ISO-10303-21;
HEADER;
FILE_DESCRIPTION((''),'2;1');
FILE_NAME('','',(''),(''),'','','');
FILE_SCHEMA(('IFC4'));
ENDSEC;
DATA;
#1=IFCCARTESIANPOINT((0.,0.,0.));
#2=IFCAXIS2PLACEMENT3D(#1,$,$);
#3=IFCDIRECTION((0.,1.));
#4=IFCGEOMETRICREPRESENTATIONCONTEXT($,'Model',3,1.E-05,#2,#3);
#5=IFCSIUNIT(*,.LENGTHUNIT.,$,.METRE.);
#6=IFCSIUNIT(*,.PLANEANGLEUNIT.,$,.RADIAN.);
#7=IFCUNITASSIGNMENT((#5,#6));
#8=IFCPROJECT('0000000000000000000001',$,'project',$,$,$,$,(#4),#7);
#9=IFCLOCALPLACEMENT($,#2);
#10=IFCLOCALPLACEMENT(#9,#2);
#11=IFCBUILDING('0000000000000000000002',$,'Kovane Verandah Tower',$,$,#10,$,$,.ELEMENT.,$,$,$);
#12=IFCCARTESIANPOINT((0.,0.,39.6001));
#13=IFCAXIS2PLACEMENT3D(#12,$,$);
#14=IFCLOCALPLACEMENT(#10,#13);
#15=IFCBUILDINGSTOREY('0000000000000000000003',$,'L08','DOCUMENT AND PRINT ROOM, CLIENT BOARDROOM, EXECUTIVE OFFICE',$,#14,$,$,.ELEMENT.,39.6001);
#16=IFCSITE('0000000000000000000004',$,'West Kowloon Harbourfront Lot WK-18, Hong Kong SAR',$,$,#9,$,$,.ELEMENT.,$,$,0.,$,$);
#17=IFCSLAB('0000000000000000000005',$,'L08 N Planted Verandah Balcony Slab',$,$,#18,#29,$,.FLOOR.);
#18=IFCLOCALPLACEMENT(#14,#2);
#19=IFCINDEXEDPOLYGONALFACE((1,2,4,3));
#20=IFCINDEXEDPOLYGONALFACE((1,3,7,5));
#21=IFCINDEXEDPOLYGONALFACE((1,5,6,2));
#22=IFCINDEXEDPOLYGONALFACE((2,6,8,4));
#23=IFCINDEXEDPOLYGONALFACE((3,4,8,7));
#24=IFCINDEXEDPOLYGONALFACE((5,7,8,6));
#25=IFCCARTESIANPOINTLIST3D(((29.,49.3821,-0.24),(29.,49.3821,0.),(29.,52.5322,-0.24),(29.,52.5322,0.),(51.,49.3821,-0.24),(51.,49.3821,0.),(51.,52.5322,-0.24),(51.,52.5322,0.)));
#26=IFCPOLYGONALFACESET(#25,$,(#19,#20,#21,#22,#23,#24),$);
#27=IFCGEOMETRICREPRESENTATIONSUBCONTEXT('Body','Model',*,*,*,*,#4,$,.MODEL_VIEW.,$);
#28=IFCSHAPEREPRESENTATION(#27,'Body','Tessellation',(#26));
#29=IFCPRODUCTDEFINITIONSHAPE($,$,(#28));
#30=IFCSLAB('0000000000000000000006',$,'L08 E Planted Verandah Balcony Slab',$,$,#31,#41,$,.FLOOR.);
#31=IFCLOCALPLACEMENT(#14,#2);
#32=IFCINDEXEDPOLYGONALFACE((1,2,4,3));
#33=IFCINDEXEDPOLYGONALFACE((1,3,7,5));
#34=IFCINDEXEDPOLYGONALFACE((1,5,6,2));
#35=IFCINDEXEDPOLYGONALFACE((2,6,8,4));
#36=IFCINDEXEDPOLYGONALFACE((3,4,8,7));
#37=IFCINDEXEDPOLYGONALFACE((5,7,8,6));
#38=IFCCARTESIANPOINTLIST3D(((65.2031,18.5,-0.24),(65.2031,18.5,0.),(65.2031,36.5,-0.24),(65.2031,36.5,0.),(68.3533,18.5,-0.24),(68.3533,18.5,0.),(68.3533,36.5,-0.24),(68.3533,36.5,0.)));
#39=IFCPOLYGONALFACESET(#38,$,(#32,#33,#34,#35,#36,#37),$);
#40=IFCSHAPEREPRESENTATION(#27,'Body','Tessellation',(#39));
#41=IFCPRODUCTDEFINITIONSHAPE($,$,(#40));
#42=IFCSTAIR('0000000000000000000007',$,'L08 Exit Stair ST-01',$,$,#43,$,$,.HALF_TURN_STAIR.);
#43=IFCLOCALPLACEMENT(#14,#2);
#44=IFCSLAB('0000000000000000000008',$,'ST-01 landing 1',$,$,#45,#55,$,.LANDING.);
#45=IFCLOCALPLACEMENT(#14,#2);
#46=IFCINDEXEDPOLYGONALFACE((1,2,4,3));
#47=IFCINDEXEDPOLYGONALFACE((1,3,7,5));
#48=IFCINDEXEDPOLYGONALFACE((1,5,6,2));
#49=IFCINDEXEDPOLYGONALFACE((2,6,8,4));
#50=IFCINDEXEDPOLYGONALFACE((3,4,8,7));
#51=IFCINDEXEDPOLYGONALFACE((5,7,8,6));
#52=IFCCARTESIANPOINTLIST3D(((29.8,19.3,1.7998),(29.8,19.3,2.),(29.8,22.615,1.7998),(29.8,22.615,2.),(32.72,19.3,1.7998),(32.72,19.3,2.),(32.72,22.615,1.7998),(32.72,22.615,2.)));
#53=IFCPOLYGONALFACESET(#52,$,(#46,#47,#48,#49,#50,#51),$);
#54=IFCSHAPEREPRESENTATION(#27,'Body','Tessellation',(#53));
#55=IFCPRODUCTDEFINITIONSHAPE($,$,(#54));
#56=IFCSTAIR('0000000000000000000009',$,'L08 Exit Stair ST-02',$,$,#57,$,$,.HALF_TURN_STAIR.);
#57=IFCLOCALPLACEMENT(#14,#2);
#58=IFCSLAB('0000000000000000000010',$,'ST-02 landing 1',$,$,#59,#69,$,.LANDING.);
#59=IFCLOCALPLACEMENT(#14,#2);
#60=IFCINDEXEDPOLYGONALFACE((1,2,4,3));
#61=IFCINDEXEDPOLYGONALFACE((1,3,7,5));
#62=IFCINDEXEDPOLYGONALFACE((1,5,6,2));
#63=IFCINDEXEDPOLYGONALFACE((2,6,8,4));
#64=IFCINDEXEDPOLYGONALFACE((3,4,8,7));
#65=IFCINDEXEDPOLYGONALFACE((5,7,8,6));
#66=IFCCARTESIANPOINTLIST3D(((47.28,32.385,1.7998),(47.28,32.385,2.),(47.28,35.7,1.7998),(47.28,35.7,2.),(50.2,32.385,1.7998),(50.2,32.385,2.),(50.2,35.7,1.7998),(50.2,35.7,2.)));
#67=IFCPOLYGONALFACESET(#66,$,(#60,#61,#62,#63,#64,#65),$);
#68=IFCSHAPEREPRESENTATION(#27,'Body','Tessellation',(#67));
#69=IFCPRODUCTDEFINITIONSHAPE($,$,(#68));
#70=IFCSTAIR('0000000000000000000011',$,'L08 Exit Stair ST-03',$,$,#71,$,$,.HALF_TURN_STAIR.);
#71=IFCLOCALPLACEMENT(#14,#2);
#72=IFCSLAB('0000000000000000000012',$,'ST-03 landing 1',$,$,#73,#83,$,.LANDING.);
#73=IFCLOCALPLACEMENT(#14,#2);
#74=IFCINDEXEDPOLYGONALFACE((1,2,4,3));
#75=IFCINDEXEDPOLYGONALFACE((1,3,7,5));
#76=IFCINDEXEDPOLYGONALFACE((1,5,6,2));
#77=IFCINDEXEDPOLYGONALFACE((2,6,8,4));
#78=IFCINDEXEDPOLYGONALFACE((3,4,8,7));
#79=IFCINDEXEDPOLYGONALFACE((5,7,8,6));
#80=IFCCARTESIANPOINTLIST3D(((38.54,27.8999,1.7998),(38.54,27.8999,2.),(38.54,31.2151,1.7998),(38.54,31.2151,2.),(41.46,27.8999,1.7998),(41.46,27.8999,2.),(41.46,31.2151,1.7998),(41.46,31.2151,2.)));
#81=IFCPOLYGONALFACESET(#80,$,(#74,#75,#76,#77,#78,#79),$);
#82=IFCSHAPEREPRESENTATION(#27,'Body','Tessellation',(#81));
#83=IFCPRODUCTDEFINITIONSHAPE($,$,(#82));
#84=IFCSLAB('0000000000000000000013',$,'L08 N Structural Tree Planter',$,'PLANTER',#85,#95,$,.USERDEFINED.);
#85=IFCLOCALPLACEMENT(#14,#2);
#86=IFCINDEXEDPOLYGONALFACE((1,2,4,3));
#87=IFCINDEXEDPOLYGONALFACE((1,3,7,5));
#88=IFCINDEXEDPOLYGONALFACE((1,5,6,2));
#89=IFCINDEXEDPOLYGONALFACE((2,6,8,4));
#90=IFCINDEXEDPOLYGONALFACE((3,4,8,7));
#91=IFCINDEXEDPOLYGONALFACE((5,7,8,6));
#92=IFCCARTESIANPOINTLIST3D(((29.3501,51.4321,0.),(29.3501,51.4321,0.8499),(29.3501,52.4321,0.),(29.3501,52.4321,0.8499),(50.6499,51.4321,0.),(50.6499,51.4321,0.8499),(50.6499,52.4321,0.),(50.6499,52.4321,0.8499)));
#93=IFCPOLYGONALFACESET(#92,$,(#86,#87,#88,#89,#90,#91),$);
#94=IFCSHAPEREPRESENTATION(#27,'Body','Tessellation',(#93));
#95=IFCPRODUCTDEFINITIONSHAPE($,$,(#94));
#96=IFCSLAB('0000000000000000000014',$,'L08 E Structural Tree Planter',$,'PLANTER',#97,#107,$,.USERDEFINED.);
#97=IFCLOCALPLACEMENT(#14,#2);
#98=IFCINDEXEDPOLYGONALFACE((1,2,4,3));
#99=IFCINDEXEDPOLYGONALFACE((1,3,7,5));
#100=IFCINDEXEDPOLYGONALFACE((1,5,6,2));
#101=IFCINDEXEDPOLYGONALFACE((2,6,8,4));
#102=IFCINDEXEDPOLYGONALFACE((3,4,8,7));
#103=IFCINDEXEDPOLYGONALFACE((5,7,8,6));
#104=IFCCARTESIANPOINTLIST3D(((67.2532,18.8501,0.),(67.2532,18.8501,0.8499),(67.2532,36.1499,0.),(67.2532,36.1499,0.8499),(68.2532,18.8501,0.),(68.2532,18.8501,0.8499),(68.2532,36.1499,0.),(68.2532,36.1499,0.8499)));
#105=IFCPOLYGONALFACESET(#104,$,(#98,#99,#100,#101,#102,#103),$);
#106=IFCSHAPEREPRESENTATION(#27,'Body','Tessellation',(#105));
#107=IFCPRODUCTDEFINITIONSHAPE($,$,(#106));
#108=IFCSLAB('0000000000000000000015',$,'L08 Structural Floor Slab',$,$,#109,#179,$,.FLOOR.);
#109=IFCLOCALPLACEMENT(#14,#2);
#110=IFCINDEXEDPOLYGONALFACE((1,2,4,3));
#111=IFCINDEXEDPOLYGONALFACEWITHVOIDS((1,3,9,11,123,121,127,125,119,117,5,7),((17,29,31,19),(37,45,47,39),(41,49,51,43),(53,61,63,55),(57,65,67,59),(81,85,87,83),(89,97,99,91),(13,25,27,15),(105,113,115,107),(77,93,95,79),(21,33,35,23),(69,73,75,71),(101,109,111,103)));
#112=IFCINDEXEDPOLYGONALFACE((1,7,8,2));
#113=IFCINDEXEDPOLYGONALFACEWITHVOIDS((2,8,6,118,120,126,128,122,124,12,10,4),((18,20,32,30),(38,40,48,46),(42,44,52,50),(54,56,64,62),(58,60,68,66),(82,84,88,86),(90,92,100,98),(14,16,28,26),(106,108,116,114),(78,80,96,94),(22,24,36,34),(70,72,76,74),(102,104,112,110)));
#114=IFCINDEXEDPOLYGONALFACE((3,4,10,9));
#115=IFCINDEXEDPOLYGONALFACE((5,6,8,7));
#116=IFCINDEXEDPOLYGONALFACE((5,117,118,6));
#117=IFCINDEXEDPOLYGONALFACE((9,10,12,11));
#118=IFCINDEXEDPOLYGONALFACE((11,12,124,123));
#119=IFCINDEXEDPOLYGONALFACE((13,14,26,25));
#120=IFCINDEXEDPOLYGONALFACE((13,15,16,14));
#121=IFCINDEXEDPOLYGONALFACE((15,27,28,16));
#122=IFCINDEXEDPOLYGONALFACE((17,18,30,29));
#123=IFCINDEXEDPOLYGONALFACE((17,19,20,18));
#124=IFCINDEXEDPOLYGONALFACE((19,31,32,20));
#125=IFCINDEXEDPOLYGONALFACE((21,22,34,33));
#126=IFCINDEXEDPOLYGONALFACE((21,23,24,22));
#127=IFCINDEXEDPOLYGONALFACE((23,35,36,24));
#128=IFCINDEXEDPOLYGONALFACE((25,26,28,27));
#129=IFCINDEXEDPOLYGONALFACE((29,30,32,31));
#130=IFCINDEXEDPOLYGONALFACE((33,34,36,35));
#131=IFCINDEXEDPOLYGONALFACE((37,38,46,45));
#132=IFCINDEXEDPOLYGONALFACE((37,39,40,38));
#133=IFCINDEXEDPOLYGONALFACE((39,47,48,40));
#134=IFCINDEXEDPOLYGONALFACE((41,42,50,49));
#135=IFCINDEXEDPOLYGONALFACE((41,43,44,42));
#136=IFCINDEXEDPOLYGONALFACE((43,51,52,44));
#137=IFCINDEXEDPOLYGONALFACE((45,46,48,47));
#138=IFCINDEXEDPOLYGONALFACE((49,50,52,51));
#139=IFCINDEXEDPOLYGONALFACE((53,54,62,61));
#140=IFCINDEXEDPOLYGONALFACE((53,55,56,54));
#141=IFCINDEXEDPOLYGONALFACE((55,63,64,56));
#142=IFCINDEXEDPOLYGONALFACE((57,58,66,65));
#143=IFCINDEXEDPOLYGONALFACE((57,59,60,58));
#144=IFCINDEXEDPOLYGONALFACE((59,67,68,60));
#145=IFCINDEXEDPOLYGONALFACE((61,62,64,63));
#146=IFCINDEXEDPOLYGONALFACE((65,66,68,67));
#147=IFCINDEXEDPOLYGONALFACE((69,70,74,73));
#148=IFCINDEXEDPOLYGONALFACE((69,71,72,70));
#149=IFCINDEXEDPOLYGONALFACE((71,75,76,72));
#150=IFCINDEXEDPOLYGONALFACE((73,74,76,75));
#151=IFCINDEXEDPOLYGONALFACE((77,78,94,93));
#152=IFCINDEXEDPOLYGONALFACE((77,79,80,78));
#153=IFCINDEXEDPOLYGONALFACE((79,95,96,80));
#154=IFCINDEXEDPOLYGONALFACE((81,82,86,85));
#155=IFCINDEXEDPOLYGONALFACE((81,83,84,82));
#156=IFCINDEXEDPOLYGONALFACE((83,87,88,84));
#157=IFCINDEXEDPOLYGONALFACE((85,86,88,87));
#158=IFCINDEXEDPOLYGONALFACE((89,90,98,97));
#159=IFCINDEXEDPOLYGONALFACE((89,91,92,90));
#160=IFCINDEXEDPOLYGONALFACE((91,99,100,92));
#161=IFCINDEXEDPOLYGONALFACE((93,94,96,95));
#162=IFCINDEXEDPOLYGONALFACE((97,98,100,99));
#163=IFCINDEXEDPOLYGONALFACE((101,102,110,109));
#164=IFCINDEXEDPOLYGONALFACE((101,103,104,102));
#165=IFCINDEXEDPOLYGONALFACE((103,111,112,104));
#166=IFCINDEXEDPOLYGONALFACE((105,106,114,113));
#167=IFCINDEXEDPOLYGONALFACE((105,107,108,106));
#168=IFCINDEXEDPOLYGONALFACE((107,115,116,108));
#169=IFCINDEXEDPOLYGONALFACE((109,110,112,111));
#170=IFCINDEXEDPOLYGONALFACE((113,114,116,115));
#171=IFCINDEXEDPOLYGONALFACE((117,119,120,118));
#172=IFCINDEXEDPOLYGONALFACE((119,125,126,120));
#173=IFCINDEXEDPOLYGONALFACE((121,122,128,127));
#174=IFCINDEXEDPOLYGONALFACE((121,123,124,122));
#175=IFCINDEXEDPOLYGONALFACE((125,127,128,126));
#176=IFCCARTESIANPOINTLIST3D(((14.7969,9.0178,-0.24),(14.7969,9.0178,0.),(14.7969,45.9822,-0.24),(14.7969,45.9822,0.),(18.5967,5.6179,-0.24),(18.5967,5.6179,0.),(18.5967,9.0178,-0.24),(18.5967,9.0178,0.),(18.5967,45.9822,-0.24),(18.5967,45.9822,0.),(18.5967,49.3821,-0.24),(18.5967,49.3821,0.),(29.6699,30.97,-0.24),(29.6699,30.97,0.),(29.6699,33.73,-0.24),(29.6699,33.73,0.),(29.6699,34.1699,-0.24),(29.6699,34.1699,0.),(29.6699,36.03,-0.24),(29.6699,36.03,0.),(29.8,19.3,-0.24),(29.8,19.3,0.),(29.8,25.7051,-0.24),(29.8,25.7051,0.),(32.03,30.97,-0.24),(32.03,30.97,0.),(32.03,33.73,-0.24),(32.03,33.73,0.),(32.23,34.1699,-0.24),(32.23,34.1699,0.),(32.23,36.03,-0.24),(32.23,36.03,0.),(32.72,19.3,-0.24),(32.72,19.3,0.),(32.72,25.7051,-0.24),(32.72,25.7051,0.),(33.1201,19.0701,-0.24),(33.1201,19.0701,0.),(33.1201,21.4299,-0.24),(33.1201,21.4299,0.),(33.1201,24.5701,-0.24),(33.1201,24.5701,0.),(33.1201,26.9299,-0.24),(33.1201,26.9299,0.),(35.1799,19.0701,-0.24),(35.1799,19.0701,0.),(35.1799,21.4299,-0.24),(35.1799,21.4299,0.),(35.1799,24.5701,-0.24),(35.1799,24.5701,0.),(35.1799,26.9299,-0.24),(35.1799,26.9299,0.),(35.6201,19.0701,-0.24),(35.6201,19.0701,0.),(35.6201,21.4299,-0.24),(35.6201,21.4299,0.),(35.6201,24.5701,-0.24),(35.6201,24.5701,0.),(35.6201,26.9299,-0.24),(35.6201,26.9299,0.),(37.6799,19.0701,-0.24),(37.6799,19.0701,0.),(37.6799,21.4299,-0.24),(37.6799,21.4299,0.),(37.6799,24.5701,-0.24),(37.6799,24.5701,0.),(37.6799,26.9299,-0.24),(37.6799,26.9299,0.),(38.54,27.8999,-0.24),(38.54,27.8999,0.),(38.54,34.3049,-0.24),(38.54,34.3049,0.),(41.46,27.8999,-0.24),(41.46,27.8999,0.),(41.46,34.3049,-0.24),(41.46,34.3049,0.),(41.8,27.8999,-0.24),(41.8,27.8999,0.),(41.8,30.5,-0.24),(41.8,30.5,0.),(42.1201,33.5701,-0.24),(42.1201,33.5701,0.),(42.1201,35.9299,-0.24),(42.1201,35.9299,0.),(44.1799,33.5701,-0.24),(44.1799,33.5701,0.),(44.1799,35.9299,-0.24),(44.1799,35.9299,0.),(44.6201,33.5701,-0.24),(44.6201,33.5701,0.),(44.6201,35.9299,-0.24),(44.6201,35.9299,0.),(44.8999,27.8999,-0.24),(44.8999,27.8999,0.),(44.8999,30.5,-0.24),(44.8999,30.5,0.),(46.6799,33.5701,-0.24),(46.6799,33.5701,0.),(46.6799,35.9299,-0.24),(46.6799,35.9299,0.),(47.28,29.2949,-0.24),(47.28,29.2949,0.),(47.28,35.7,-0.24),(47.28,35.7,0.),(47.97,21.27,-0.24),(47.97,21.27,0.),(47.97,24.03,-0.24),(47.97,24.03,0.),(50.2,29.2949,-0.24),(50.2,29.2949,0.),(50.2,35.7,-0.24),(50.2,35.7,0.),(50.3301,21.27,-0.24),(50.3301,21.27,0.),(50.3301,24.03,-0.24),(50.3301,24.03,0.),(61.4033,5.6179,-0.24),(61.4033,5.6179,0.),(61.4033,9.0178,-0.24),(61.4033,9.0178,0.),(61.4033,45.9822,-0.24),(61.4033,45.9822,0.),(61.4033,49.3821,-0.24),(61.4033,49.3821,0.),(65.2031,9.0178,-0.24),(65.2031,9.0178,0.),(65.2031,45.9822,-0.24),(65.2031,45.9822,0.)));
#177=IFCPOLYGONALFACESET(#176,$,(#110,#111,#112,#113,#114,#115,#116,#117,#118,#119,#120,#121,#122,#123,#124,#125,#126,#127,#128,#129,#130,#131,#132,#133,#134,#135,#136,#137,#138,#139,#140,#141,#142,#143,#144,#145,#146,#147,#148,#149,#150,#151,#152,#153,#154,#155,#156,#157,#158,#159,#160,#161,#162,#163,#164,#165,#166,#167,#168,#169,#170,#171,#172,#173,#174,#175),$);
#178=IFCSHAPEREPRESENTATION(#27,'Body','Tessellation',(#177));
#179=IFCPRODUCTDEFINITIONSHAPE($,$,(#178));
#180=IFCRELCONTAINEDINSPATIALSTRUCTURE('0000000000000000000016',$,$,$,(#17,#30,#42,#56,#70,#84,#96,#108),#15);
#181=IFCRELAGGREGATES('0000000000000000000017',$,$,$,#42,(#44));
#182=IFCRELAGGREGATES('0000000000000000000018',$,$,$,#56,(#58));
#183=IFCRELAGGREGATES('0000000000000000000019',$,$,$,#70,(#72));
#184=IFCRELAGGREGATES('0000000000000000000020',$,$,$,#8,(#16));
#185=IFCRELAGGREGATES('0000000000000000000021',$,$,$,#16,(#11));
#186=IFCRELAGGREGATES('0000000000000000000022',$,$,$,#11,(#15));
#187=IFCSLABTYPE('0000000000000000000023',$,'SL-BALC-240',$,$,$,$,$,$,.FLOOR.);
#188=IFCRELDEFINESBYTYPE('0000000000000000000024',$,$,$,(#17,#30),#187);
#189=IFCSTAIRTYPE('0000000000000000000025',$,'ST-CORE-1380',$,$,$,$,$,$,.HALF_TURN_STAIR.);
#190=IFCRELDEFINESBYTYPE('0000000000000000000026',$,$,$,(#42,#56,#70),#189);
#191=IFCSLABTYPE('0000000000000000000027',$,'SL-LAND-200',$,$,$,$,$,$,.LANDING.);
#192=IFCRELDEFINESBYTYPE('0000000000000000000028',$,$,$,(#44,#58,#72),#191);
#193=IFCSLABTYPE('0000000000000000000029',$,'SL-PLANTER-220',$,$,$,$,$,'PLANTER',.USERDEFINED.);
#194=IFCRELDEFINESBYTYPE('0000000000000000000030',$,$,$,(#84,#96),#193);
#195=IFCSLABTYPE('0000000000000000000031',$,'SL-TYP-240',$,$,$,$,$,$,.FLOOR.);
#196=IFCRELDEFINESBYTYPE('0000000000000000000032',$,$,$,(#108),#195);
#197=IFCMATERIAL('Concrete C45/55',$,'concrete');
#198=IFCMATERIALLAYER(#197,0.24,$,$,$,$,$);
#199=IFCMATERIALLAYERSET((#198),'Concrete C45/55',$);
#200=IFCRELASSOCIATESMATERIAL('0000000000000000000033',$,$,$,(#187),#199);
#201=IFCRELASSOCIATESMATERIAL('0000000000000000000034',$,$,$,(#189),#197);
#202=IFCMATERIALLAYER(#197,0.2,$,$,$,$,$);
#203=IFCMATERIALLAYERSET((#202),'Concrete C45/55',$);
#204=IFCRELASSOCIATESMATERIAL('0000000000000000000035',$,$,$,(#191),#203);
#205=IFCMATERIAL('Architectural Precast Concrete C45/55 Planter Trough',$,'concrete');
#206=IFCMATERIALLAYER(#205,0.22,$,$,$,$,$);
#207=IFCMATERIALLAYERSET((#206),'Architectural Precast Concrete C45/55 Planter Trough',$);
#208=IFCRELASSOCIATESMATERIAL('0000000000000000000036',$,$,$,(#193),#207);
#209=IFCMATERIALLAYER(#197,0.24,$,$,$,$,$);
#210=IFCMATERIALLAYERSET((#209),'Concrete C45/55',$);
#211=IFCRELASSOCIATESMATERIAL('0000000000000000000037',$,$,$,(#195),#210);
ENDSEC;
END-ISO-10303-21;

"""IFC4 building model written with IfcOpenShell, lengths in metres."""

from ifc_helpers import new_model, si_unit, direction, frame, origin, place, context, subcontext, project, spatial, polyline, outline, extrude, material, layer, layer_set, type_object, element, aggregate, save


model = new_model("IFC4")

# Units and contexts
model_context = context("Model", 3, precision=1e-05, world=origin(), true_north=direction((0.0, 1.0)))
body_context = subcontext(model_context, "Body", "Model", "MODEL_VIEW")
ifc_project = project(units=[si_unit("LENGTHUNIT", "METRE"), si_unit("PLANEANGLEUNIT", "RADIAN")], contexts=[model_context])

# Site, building, storey
site_placement = place(None, origin())
site = spatial("IfcSite", under=ifc_project, at=site_placement, Name="West Kowloon Harbourfront Lot WK-18, Hong Kong SAR", CompositionType="ELEMENT", RefElevation=0.0)
building_placement = place(site_placement, origin())
building = spatial("IfcBuilding", under=site, at=building_placement, Name="Kovane Verandah Tower", CompositionType="ELEMENT")
storey_placement = place(building_placement, frame((0.0, 0.0, 39.6001)))
storey = spatial("IfcBuildingStorey", under=building, at=storey_placement, Name="L08", Description="DOCUMENT AND PRINT ROOM, CLIENT BOARDROOM, EXECUTIVE OFFICE", CompositionType="ELEMENT", Elevation=39.6001)

# Slabs
ifc_material_1 = material(Name="Concrete C45/55", Category="concrete")
ifc_layer_1 = layer(ifc_material_1, 0.24)
ifc_layer_set_1 = layer_set([ifc_layer_1], Name="Concrete C45/55")
slab_type_1 = type_object("IfcSlabType", Name="SL-BALC-240", PredefinedType="FLOOR", material=ifc_layer_set_1)
slab_1_placement = place(storey_placement, frame((0.0, 0.0, -0.24)))
element("IfcSlab", 1, at=slab_1_placement, inside=storey, type_object=slab_type_1, Name="L08 N Planted Verandah Balcony Slab", PredefinedType="FLOOR", context=body_context, shape_type="SweptSolid", body=[
    extrude(outline(polyline([(29.0, 49.3821), (51.0, 49.3821), (51.0, 52.5322), (29.0, 52.5322), (29.0, 49.3821)])), origin(), (0.0, 0.0, 1.0), 0.24),
])
slab_2_placement = place(storey_placement, frame((0.0, 0.0, -0.24)))
element("IfcSlab", 2, at=slab_2_placement, inside=storey, type_object=slab_type_1, Name="L08 E Planted Verandah Balcony Slab", PredefinedType="FLOOR", context=body_context, shape_type="SweptSolid", body=[
    extrude(outline(polyline([(65.2031, 18.5), (68.3533, 18.5), (68.3533, 36.5), (65.2031, 36.5), (65.2031, 18.5)])), origin(), (0.0, 0.0, 1.0), 0.24),
])

# Stairs, slabs
stair_type = type_object("IfcStairType", Name="ST-CORE-1380", PredefinedType="HALF_TURN_STAIR", material=ifc_material_1)
stair_1_placement = place(storey_placement, origin())
stair_1 = element("IfcStair", 3, at=stair_1_placement, inside=storey, type_object=stair_type, Name="L08 Exit Stair ST-01", PredefinedType="HALF_TURN_STAIR")
ifc_layer_2 = layer(ifc_material_1, 0.2)
ifc_layer_set_2 = layer_set([ifc_layer_2], Name="Concrete C45/55")
slab_type_2 = type_object("IfcSlabType", Name="SL-LAND-200", PredefinedType="LANDING", material=ifc_layer_set_2)
slab_3_placement = place(storey_placement, frame((0.0, 0.0, 1.7998)))
slab_3 = element("IfcSlab", 4, at=slab_3_placement, type_object=slab_type_2, Name="ST-01 landing 1", PredefinedType="LANDING", context=body_context, shape_type="SweptSolid", body=[
    extrude(outline(polyline([(29.8, 22.615), (29.8, 19.3), (32.72, 19.3), (32.72, 22.615), (29.8, 22.615)])), origin(), (0.0, 0.0, 1.0), 0.2002),
])
aggregate(stair_1, [slab_3])
stair_2_placement = place(storey_placement, origin())
stair_2 = element("IfcStair", 5, at=stair_2_placement, inside=storey, type_object=stair_type, Name="L08 Exit Stair ST-02", PredefinedType="HALF_TURN_STAIR")
slab_4_placement = place(storey_placement, frame((0.0, 0.0, 1.7998)))
slab_4 = element("IfcSlab", 6, at=slab_4_placement, type_object=slab_type_2, Name="ST-02 landing 1", PredefinedType="LANDING", context=body_context, shape_type="SweptSolid", body=[
    extrude(outline(polyline([(50.2, 32.385), (50.2, 35.7), (47.28, 35.7), (47.28, 32.385), (50.2, 32.385)])), origin(), (0.0, 0.0, 1.0), 0.2002),
])
aggregate(stair_2, [slab_4])
stair_3_placement = place(storey_placement, origin())
stair_3 = element("IfcStair", 7, at=stair_3_placement, inside=storey, type_object=stair_type, Name="L08 Exit Stair ST-03", PredefinedType="HALF_TURN_STAIR")
slab_5_placement = place(storey_placement, frame((0.0, 0.0, 1.7998)))
slab_5 = element("IfcSlab", 8, at=slab_5_placement, type_object=slab_type_2, Name="ST-03 landing 1", PredefinedType="LANDING", context=body_context, shape_type="SweptSolid", body=[
    extrude(outline(polyline([(38.54, 31.2151), (38.54, 27.8999), (41.46, 27.8999), (41.46, 31.2151), (38.54, 31.2151)])), origin(), (0.0, 0.0, 1.0), 0.2002),
])
aggregate(stair_3, [slab_5])

# Slabs
ifc_material_2 = material(Name="Architectural Precast Concrete C45/55 Planter Trough", Category="concrete")
ifc_layer_3 = layer(ifc_material_2, 0.22)
ifc_layer_set_3 = layer_set([ifc_layer_3], Name="Architectural Precast Concrete C45/55 Planter Trough")
slab_type_3 = type_object("IfcSlabType", Name="SL-PLANTER-220", ElementType="PLANTER", PredefinedType="USERDEFINED", material=ifc_layer_set_3)
slab_6_placement = place(storey_placement, origin())
element("IfcSlab", 9, at=slab_6_placement, inside=storey, type_object=slab_type_3, Name="L08 N Structural Tree Planter", ObjectType="PLANTER", PredefinedType="USERDEFINED", context=body_context, shape_type="SweptSolid", body=[
    extrude(outline(polyline([(29.3501, 51.4321), (50.6499, 51.4321), (50.6499, 52.4321), (29.3501, 52.4321), (29.3501, 51.4321)])), origin(), (0.0, 0.0, 1.0), 0.8499),
])
slab_7_placement = place(storey_placement, origin())
element("IfcSlab", 10, at=slab_7_placement, inside=storey, type_object=slab_type_3, Name="L08 E Structural Tree Planter", ObjectType="PLANTER", PredefinedType="USERDEFINED", context=body_context, shape_type="SweptSolid", body=[
    extrude(outline(polyline([(67.2532, 18.8501), (68.2532, 18.8501), (68.2532, 36.1499), (67.2532, 36.1499), (67.2532, 18.8501)])), origin(), (0.0, 0.0, 1.0), 0.8499),
])
ifc_layer_4 = layer(ifc_material_1, 0.24)
ifc_layer_set_4 = layer_set([ifc_layer_4], Name="Concrete C45/55")
slab_type_4 = type_object("IfcSlabType", Name="SL-TYP-240", PredefinedType="FLOOR", material=ifc_layer_set_4)
slab_8_placement = place(storey_placement, frame((0.0, 0.0, -0.24)))
element("IfcSlab", 11, at=slab_8_placement, inside=storey, type_object=slab_type_4, Name="L08 Structural Floor Slab", PredefinedType="FLOOR", context=body_context, shape_type="SweptSolid", body=[
    extrude(outline(polyline([(18.5967, 5.6179), (61.4033, 5.6179), (61.4033, 9.0178), (65.2031, 9.0178), (65.2031, 45.9822), (61.4033, 45.9822), (61.4033, 49.3821), (18.5967, 49.3821), (18.5967, 45.9822), (14.7969, 45.9822), (14.7969, 9.0178), (18.5967, 9.0178), (18.5967, 5.6179)]), holes=[polyline([(29.8, 19.3), (32.72, 19.3), (32.72, 25.7051), (29.8, 25.7051), (29.8, 19.3)]), polyline([(47.28, 29.2949), (50.2, 29.2949), (50.2, 35.7), (47.28, 35.7), (47.28, 29.2949)]), polyline([(38.54, 27.8999), (41.46, 27.8999), (41.46, 34.3049), (38.54, 34.3049), (38.54, 27.8999)]), polyline([(29.6699, 30.97), (32.03, 30.97), (32.03, 33.73), (29.6699, 33.73), (29.6699, 30.97)]), polyline([(47.97, 21.27), (50.3301, 21.27), (50.3301, 24.03), (47.97, 24.03), (47.97, 21.27)]), polyline([(29.6699, 34.1699), (32.23, 34.1699), (32.23, 36.03), (29.6699, 36.03), (29.6699, 34.1699)]), polyline([(33.1201, 19.0701), (35.1799, 19.0701), (35.1799, 21.4299), (33.1201, 21.4299), (33.1201, 19.0701)]), polyline([(35.6201, 19.0701), (37.6799, 19.0701), (37.6799, 21.4299), (35.6201, 21.4299), (35.6201, 19.0701)]), polyline([(33.1201, 24.5701), (35.1799, 24.5701), (35.1799, 26.9299), (33.1201, 26.9299), (33.1201, 24.5701)]), polyline([(35.6201, 24.5701), (37.6799, 24.5701), (37.6799, 26.9299), (35.6201, 26.9299), (35.6201, 24.5701)]), polyline([(42.1201, 33.5701), (44.1799, 33.5701), (44.1799, 35.9299), (42.1201, 35.9299), (42.1201, 33.5701)]), polyline([(44.6201, 33.5701), (46.6799, 33.5701), (46.6799, 35.9299), (44.6201, 35.9299), (44.6201, 33.5701)]), polyline([(41.8, 27.8999), (44.8999, 27.8999), (44.8999, 30.5), (41.8, 30.5), (41.8, 27.8999)])]), origin(), (0.0, 0.0, 1.0), 0.24),
])

save(model, "model.ifc")
